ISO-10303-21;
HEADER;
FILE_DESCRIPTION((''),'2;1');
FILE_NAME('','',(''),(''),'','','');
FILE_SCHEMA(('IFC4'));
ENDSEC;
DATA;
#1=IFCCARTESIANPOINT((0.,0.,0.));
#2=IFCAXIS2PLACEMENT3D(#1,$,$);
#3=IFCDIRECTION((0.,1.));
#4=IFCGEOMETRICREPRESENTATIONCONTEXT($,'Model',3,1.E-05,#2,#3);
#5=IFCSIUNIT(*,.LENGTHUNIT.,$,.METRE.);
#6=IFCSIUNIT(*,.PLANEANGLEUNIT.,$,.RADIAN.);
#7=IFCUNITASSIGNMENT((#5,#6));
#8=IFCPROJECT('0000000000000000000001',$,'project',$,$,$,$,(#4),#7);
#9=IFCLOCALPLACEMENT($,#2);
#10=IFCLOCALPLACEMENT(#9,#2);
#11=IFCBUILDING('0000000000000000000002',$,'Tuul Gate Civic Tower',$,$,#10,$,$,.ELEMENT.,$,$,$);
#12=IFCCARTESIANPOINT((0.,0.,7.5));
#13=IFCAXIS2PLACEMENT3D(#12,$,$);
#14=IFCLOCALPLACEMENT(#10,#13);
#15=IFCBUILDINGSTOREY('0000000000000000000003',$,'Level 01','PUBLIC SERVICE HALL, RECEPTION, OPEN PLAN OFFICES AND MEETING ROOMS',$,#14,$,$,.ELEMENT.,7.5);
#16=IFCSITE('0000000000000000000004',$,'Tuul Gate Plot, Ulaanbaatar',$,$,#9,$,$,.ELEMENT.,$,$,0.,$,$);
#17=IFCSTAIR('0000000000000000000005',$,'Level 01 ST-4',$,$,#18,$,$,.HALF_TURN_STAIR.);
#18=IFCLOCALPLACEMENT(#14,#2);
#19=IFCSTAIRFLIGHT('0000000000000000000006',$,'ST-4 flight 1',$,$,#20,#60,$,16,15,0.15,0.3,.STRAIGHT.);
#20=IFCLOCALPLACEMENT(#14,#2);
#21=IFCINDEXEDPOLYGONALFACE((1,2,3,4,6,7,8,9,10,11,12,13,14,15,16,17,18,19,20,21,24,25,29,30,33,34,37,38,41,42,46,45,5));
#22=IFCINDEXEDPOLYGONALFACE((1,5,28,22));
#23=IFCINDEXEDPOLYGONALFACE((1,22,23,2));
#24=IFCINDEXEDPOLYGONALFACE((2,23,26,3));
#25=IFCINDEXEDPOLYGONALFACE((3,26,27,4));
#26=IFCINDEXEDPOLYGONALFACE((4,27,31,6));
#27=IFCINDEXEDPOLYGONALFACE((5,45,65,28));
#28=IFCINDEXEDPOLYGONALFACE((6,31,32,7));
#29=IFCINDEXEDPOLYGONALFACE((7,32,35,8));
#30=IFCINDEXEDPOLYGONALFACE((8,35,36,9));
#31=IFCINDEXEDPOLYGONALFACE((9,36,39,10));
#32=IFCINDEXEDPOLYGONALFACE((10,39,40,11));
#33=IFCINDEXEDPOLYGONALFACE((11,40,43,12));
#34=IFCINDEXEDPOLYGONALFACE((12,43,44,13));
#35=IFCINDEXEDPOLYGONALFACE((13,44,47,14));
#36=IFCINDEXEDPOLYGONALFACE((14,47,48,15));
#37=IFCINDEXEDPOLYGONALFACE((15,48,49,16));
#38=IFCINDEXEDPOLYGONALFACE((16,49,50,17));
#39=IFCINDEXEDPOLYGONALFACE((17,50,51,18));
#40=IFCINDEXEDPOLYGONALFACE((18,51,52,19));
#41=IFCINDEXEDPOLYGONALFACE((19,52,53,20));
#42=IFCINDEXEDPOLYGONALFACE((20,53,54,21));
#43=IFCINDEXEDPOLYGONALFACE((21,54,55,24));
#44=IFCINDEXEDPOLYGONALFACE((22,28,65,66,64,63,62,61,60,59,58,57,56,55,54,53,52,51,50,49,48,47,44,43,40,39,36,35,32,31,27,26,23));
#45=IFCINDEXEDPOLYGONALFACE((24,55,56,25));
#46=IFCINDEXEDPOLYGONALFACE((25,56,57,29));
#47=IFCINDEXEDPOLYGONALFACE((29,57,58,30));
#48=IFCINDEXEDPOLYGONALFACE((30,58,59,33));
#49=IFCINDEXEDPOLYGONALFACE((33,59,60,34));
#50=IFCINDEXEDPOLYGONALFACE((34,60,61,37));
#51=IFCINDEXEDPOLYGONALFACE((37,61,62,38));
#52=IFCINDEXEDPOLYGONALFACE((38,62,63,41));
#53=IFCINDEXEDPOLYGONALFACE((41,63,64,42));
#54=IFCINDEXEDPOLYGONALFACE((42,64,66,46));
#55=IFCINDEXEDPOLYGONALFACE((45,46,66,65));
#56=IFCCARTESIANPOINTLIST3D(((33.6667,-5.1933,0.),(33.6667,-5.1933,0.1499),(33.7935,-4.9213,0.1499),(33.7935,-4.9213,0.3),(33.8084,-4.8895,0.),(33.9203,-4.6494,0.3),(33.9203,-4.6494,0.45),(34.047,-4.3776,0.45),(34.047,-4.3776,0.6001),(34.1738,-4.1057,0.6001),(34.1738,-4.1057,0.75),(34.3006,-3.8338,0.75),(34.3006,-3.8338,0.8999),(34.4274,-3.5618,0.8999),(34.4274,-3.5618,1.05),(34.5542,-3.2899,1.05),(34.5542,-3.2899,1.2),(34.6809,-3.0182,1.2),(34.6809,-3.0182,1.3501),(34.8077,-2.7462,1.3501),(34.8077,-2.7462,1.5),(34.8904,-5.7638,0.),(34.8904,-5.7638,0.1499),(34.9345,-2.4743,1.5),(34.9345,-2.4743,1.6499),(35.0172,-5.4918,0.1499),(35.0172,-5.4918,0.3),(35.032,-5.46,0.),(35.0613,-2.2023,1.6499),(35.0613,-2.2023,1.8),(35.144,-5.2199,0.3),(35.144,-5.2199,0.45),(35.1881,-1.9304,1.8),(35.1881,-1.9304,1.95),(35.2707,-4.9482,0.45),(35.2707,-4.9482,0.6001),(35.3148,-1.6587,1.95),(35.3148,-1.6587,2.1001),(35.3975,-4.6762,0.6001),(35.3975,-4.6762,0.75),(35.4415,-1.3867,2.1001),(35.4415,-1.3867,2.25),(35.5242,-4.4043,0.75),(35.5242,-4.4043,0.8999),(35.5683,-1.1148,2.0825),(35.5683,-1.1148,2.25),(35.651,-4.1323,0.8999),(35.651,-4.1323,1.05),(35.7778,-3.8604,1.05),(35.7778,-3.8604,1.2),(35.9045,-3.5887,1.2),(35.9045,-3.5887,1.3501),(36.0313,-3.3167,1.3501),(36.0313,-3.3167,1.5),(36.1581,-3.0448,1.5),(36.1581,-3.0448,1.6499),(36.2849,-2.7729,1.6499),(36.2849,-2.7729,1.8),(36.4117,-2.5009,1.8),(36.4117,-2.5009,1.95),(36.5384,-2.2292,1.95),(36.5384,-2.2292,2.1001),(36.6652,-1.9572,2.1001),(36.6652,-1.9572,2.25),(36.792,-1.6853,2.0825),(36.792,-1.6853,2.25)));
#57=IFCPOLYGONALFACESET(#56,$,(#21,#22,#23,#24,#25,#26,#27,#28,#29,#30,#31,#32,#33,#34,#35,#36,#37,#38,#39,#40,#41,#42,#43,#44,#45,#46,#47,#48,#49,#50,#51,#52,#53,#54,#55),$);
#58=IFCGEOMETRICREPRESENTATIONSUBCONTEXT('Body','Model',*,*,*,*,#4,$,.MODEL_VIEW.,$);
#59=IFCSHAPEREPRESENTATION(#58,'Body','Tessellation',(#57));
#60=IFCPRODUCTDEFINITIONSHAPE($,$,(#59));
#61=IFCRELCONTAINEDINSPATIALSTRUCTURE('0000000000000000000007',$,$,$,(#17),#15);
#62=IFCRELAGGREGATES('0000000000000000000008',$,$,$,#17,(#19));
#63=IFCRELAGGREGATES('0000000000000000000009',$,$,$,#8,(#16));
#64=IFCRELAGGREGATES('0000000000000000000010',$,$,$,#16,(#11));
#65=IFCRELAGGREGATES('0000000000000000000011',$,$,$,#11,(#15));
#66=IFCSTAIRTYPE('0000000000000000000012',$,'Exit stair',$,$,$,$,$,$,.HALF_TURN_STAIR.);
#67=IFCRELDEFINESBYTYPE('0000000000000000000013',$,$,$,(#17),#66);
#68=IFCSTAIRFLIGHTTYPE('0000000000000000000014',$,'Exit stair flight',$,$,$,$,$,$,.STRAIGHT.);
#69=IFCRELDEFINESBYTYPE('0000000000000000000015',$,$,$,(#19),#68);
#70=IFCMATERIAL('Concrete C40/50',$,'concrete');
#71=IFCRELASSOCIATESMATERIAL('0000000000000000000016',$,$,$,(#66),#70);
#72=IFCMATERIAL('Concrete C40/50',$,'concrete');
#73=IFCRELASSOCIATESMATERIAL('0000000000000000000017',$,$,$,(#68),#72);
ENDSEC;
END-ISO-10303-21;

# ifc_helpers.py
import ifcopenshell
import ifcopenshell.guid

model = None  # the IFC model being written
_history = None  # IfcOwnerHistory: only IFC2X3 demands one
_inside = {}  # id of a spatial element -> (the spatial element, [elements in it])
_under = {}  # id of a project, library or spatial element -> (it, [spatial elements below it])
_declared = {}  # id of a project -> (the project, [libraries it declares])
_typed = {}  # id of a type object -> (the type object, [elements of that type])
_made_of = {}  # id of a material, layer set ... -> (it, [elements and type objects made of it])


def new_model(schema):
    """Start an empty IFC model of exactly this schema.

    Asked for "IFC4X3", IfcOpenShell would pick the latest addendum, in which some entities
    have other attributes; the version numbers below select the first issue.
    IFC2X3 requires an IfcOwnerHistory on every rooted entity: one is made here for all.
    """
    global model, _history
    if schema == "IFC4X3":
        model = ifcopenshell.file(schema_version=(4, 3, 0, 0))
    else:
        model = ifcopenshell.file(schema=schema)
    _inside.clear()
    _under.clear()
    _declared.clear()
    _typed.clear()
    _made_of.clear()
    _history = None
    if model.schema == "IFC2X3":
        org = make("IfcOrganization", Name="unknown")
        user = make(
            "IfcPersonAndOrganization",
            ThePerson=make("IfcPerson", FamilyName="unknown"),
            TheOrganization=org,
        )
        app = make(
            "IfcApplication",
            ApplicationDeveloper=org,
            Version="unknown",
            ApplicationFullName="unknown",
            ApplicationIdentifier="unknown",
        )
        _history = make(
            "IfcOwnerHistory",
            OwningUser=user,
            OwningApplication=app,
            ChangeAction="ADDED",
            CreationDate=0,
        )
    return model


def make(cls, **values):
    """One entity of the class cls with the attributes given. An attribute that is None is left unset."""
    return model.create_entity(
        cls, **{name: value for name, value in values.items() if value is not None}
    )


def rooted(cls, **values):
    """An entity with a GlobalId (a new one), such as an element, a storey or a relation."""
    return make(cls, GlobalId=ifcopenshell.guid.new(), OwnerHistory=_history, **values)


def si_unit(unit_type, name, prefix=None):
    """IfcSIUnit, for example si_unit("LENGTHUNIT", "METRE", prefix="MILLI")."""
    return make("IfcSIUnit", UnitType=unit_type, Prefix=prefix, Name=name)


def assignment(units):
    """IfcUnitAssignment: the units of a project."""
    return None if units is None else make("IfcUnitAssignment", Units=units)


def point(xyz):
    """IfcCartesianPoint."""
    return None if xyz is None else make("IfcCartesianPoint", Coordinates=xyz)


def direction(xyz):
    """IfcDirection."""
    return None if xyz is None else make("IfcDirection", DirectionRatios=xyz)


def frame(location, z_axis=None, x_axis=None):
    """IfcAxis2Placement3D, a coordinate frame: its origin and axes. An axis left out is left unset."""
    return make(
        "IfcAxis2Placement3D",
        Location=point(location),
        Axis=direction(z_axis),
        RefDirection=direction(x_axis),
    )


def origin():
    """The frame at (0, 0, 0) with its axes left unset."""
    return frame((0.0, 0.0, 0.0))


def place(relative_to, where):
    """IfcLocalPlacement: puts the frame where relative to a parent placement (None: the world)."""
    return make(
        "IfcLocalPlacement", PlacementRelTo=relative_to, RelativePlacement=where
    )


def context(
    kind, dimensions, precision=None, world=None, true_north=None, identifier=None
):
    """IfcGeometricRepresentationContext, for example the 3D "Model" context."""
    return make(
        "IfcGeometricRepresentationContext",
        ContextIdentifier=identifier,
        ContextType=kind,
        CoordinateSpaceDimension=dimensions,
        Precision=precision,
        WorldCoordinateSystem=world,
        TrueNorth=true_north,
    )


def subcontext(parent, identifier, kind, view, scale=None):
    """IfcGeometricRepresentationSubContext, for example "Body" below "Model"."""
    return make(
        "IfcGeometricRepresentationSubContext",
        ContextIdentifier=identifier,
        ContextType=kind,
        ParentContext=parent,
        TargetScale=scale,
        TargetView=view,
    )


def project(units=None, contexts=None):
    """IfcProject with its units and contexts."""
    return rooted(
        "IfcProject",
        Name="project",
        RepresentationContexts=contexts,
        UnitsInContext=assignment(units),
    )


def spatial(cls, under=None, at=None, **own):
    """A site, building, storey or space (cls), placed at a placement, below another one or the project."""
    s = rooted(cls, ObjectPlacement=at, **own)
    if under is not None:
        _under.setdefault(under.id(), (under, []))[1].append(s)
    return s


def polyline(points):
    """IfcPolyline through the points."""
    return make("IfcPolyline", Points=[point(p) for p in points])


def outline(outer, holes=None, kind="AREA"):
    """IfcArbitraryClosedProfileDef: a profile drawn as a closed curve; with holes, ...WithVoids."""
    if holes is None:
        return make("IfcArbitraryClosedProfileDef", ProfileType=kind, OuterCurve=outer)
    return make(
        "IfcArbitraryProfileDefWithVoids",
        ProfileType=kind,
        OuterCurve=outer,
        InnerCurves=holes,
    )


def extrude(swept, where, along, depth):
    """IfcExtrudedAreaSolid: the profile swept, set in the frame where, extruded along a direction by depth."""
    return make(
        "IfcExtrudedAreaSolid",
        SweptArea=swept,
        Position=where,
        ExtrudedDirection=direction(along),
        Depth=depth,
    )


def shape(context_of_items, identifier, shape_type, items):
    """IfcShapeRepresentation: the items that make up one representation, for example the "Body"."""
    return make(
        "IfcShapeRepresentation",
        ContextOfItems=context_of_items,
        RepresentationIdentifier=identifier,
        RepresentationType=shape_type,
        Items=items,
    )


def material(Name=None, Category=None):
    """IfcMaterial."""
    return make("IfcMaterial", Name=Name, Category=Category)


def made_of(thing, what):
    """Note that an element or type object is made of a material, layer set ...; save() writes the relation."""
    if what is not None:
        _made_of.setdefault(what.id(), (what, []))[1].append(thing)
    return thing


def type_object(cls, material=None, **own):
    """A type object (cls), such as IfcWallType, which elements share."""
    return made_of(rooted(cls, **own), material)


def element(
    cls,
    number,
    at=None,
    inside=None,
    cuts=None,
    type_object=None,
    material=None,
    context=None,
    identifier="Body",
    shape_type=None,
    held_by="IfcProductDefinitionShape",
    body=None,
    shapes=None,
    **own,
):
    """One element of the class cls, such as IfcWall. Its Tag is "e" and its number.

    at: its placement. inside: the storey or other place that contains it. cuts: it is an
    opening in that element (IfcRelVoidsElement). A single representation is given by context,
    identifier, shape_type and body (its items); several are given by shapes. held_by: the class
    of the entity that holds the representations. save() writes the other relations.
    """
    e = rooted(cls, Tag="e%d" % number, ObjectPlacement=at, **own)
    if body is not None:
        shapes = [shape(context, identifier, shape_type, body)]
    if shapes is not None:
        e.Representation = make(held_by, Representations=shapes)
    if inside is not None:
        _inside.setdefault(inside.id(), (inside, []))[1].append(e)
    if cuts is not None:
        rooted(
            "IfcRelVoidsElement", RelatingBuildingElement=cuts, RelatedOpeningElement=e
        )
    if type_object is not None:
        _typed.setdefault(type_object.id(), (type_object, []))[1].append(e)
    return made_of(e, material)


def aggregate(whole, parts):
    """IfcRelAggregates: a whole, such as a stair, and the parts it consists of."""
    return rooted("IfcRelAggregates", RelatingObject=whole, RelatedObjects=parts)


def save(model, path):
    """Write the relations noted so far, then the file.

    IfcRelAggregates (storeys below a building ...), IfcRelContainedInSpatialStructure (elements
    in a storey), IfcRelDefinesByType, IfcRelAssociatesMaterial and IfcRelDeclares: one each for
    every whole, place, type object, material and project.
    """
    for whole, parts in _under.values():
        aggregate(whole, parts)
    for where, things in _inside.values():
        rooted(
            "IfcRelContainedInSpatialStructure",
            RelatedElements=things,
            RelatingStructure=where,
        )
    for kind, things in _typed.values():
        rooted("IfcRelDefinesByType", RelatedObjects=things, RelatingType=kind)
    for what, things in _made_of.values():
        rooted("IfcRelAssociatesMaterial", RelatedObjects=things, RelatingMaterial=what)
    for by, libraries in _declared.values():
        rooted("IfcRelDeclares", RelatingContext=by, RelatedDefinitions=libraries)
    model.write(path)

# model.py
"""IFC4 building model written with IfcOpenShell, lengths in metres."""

from ifc_helpers import new_model, si_unit, direction, frame, origin, place, context, subcontext, project, spatial, polyline, outline, extrude, material, type_object, element, aggregate, save


model = new_model("IFC4")

# Units and contexts
model_context = context("Model", 3, precision=1e-05, world=origin(), true_north=direction((0.0, 1.0)))
body_context = subcontext(model_context, "Body", "Model", "MODEL_VIEW")
ifc_project = project(units=[si_unit("LENGTHUNIT", "METRE"), si_unit("PLANEANGLEUNIT", "RADIAN")], contexts=[model_context])

# Site, building, storey
site_placement = place(None, origin())
site = spatial("IfcSite", under=ifc_project, at=site_placement, Name="Tuul Gate Plot, Ulaanbaatar", CompositionType="ELEMENT", RefElevation=0.0)
building_placement = place(site_placement, origin())
building = spatial("IfcBuilding", under=site, at=building_placement, Name="Tuul Gate Civic Tower", CompositionType="ELEMENT")
storey_placement = place(building_placement, frame((0.0, 0.0, 7.5)))
storey = spatial("IfcBuildingStorey", under=building, at=storey_placement, Name="Level 01", Description="PUBLIC SERVICE HALL, RECEPTION, OPEN PLAN OFFICES AND MEETING ROOMS", CompositionType="ELEMENT", Elevation=7.5)

# Stair, stair flight
ifc_material_1 = material(Name="Concrete C40/50", Category="concrete")
stair_type = type_object("IfcStairType", Name="Exit stair", PredefinedType="HALF_TURN_STAIR", material=ifc_material_1)
stair_placement = place(storey_placement, origin())
stair = element("IfcStair", 1, at=stair_placement, inside=storey, type_object=stair_type, Name="Level 01 ST-4", PredefinedType="HALF_TURN_STAIR")
ifc_material_2 = material(Name="Concrete C40/50", Category="concrete")
stair_flight_type = type_object("IfcStairFlightType", Name="Exit stair flight", PredefinedType="STRAIGHT", material=ifc_material_2)
stair_flight_placement = place(storey_placement, frame((34.2786, -5.4785, 0.0), z_axis=(0.0, 0.0, 1.0), x_axis=(0.422576, 0.906327, 0.0)))
stair_flight = element("IfcStairFlight", 2, at=stair_flight_placement, type_object=stair_flight_type, Name="ST-4 flight 1", NumberOfRisers=16, NumberOfTreads=15, PredefinedType="STRAIGHT", RiserHeight=0.15, TreadLength=0.3, context=body_context, shape_type="SweptSolid", body=[
    extrude(outline(polyline([(0.0, 0.0), (0.0, 0.1499), (0.3, 0.1499), (0.3, 0.3), (0.6001, 0.3), (0.6001, 0.45), (0.8999, 0.45), (0.8999, 0.6001), (1.2, 0.6001), (1.2, 0.75), (1.5, 0.75), (1.5, 0.8999), (1.8, 0.8999), (1.8, 1.05), (2.1001, 1.05), (2.1001, 1.2), (2.3999, 1.2), (2.3999, 1.3501), (2.7, 1.3501), (2.7, 1.5), (3.0, 1.5), (3.0, 1.6499), (3.3, 1.6499), (3.3, 1.8), (3.6001, 1.8), (3.6001, 1.95), (3.8999, 1.95), (3.8999, 2.1001), (4.2, 2.1001), (4.2, 2.25), (4.5, 2.25), (4.5, 2.3999), (4.5, 2.0825), (0.3352, 0.0), (0.0, 0.0)])), frame((0.0, 0.675, 0.0), z_axis=(0.0, -1.0, 0.0), x_axis=(1.0, 0.0, 0.0)), (0.0, 0.0, 1.0), 1.3501),
])
aggregate(stair, [stair_flight])

save(model, "model.ifc")
